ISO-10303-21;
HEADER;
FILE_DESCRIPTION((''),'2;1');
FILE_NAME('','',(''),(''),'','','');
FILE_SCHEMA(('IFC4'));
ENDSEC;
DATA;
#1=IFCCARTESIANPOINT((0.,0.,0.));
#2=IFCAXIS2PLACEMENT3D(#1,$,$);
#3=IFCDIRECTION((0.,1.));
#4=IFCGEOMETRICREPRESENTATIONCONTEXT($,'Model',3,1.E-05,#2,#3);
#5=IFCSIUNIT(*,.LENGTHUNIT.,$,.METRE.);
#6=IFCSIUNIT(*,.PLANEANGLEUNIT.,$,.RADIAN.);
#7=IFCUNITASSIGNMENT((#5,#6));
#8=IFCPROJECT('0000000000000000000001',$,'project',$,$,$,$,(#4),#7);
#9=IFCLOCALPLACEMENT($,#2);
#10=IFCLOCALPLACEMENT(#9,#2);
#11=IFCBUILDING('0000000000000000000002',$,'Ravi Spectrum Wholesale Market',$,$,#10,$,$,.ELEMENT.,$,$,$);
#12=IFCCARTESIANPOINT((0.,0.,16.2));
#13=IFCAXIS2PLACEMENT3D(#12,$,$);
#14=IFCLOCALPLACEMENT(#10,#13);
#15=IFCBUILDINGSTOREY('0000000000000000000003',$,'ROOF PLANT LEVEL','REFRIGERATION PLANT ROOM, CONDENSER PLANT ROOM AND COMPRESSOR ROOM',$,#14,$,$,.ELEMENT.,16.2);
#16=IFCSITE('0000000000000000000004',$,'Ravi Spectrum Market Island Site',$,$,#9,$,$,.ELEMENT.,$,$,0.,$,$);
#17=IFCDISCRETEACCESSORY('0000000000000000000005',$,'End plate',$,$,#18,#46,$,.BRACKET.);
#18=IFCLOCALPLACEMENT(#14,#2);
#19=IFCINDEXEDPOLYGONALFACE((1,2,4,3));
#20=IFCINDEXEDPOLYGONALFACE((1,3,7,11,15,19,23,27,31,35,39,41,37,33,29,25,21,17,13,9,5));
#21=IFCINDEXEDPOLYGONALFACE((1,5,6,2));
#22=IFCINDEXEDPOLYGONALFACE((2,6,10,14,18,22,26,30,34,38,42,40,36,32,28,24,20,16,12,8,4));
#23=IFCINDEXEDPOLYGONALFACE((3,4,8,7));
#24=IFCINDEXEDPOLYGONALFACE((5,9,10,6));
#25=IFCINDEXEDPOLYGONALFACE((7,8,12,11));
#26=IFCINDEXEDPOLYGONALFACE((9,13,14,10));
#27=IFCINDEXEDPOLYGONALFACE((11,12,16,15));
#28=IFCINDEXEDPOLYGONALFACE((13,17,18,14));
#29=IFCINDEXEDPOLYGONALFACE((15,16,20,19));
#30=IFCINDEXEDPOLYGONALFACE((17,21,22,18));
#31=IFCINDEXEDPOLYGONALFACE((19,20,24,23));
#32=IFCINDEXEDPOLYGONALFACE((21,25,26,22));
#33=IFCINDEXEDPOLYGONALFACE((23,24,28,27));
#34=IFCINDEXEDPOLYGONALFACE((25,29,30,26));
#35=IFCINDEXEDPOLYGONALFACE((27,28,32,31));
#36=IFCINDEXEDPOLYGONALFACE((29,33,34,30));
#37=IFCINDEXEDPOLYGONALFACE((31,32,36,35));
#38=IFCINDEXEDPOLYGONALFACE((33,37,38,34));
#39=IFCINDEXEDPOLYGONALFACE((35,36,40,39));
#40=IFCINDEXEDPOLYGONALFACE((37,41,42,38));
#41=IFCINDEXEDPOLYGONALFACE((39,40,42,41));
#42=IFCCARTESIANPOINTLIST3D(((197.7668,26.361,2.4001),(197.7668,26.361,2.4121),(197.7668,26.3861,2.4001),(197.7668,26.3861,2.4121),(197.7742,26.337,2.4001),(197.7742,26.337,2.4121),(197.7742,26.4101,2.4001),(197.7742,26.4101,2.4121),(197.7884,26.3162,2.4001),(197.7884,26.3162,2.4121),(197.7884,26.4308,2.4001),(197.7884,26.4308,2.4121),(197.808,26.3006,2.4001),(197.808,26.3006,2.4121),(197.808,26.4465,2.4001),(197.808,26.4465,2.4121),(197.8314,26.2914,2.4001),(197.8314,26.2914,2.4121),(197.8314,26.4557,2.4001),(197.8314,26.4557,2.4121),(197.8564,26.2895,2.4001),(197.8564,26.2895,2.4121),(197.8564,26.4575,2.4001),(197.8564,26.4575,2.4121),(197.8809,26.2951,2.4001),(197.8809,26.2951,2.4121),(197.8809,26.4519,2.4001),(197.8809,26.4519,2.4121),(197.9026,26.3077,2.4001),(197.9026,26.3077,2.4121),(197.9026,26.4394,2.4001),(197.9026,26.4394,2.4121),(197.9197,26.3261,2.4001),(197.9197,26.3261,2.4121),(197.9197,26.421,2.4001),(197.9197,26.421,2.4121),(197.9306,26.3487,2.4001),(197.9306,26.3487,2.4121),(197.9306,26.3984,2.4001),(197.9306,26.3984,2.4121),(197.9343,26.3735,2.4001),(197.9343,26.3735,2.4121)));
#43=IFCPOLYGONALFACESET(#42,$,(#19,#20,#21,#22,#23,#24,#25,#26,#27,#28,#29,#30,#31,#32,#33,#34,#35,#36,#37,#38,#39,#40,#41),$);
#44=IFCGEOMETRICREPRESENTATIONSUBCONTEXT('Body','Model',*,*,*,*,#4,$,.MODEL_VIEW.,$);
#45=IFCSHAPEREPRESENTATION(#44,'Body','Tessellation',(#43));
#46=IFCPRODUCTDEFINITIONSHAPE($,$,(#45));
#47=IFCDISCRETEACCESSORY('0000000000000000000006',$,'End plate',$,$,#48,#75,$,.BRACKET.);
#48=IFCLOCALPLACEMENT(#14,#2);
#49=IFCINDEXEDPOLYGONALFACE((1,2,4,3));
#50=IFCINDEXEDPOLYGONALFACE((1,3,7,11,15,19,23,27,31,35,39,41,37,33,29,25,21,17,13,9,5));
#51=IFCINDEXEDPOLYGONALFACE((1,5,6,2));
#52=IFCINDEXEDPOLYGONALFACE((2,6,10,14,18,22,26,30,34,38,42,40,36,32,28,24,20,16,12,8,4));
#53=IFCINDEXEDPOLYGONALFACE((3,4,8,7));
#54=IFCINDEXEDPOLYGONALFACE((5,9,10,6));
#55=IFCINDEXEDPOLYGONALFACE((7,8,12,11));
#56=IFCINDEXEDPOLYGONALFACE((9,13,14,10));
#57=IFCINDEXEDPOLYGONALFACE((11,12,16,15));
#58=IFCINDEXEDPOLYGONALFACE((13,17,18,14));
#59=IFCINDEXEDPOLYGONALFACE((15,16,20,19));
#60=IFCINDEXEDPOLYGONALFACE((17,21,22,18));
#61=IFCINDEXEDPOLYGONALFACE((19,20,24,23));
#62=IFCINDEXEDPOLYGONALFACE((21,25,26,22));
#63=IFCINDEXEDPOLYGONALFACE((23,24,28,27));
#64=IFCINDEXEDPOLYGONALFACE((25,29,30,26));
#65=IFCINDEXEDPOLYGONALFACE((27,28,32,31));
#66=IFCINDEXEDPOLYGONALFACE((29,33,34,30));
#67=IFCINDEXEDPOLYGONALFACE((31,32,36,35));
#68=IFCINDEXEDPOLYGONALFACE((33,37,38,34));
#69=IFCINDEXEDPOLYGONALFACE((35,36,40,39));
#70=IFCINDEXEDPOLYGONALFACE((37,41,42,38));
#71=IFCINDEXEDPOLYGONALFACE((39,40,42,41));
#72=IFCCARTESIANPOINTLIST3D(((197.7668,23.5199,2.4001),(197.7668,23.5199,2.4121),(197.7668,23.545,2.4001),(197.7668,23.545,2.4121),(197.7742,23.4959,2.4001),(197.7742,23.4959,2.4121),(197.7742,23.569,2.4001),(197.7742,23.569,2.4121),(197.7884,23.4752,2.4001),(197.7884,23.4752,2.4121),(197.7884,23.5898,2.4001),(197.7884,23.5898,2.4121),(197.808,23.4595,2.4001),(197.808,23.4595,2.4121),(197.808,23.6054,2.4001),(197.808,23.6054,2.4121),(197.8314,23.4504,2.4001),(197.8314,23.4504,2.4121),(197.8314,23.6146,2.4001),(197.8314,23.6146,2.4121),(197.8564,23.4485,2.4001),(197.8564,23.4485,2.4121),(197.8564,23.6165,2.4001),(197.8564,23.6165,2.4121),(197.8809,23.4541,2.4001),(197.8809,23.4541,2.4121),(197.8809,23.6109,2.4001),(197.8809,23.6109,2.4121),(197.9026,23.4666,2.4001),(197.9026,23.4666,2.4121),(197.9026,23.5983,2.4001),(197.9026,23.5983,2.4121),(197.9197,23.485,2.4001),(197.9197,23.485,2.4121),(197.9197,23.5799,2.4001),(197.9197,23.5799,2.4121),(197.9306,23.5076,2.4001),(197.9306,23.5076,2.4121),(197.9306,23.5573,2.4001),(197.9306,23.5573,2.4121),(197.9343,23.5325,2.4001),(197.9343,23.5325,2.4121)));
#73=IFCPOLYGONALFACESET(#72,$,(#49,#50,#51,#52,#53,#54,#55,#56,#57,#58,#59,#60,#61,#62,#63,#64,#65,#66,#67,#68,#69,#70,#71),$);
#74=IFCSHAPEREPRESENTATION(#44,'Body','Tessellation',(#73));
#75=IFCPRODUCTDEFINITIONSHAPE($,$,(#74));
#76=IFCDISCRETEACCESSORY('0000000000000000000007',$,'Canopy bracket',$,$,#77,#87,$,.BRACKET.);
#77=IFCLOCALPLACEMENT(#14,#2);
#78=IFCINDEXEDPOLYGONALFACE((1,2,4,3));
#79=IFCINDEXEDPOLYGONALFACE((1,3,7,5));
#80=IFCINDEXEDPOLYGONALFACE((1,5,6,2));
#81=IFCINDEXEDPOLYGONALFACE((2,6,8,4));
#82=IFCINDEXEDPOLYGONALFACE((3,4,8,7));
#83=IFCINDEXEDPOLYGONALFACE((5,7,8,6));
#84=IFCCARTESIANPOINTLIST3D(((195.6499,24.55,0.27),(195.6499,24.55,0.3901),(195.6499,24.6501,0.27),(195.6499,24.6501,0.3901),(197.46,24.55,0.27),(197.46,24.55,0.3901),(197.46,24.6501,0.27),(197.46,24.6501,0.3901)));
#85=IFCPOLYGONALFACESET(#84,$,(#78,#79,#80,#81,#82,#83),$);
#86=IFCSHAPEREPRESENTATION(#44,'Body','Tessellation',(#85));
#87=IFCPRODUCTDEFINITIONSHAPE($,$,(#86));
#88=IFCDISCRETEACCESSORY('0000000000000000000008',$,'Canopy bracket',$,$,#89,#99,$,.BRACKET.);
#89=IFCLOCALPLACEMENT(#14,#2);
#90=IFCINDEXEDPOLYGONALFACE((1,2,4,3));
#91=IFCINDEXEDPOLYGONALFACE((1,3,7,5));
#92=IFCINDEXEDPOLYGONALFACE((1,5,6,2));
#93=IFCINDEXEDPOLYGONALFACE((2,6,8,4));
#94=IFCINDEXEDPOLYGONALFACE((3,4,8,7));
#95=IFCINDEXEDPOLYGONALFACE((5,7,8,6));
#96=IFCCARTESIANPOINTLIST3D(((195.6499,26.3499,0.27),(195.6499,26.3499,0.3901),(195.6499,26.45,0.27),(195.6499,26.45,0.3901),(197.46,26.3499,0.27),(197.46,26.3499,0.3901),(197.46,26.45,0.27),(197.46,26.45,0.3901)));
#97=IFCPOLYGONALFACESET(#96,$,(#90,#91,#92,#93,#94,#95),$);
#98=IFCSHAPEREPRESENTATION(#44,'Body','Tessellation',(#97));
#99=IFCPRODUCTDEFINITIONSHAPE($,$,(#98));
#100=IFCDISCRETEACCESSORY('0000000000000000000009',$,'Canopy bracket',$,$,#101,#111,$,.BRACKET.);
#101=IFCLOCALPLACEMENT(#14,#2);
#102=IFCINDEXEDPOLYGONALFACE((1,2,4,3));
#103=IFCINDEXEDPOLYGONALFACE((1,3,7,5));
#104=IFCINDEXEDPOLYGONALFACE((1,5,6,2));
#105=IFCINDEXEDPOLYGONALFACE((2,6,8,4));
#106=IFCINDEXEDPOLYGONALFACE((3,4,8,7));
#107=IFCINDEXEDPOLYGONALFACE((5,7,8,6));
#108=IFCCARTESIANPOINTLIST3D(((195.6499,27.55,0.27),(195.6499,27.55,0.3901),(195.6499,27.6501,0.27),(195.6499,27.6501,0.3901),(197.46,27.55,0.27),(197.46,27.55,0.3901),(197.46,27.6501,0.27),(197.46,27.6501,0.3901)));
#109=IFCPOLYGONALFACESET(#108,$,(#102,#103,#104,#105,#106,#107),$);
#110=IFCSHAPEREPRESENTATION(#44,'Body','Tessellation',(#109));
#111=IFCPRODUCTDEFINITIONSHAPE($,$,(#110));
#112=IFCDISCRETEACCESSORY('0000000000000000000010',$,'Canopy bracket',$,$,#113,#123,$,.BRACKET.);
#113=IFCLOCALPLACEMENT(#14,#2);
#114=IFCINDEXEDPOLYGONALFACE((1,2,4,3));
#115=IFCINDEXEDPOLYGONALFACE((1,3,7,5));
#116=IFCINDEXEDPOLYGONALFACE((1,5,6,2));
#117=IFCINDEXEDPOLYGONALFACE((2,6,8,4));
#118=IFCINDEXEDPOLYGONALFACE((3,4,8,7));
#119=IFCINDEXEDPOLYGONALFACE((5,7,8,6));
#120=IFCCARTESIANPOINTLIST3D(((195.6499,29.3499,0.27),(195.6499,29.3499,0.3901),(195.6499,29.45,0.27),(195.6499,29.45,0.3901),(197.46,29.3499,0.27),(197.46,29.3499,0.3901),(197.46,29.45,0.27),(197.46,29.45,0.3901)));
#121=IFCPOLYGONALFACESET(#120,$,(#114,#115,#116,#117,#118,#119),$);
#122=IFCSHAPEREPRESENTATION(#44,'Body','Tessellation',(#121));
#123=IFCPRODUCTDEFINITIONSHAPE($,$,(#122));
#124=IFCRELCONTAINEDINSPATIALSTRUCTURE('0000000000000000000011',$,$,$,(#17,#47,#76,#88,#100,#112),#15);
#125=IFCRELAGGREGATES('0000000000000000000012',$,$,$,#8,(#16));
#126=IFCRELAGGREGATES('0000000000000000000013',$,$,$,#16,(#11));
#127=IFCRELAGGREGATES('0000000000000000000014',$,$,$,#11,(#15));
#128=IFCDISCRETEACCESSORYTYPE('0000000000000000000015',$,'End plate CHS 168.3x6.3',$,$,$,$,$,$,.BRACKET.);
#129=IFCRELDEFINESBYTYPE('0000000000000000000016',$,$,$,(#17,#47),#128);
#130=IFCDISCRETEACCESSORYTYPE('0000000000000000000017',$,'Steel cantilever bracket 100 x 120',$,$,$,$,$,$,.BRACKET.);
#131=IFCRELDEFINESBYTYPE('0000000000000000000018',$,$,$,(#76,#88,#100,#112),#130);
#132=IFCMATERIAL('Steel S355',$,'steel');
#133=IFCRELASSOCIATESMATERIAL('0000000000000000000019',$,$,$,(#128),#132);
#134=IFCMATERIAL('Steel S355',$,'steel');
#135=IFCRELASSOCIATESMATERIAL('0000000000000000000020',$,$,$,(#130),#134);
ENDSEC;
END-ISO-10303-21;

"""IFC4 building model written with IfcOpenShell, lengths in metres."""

from ifc_helpers import new_model, si_unit, direction, frame, origin, origin_2d, place, context, subcontext, project, spatial, rectangle, circle, extrude, material, material_profile, profile_set, type_object, element, save


model = new_model("IFC4")

# Units and contexts
model_context = context("Model", 3, precision=1e-05, world=origin(), true_north=direction((0.0, 1.0)))
body_context = subcontext(model_context, "Body", "Model", "MODEL_VIEW")
ifc_project = project(units=[si_unit("LENGTHUNIT", "METRE"), si_unit("PLANEANGLEUNIT", "RADIAN")], contexts=[model_context])

# Site, building, storey
site_placement = place(None, origin())
site = spatial("IfcSite", under=ifc_project, at=site_placement, Name="Ravi Spectrum Market Island Site", CompositionType="ELEMENT", RefElevation=0.0)
building_placement = place(site_placement, origin())
building = spatial("IfcBuilding", under=site, at=building_placement, Name="Ravi Spectrum Wholesale Market", CompositionType="ELEMENT")
storey_placement = place(building_placement, frame((0.0, 0.0, 16.2)))
storey = spatial("IfcBuildingStorey", under=building, at=storey_placement, Name="ROOF PLANT LEVEL", Description="REFRIGERATION PLANT ROOM, CONDENSER PLANT ROOM AND COMPRESSOR ROOM", CompositionType="ELEMENT", Elevation=16.2)

# Discrete accessories
ifc_material_1 = material(Name="Steel S355", Category="steel")
ifc_material_profile_1 = material_profile(ifc_material_1, circle(Radius=0.0842, at=origin_2d()))
ifc_profile_set_1 = profile_set([ifc_material_profile_1], Name="Steel S355")
discrete_accessory_type_1 = type_object("IfcDiscreteAccessoryType", Name="End plate CHS 168.3x6.3", PredefinedType="BRACKET", material=ifc_profile_set_1)
for number, where, z_axis, x_axis, name in (
    (1, (197.8501, 26.3735, 2.4001), (0.0, 0.0, 1.0), (1.0, 0.0, 0.0), "End plate"),
    (2, (197.8501, 23.5325, 2.4001), (0.0, 0.0, 1.0), (1.0, 0.0, 0.0), "End plate"),
):
    element("IfcDiscreteAccessory", number, at=place(storey_placement, frame(where, z_axis=z_axis, x_axis=x_axis)), inside=storey, type_object=discrete_accessory_type_1, Name=name, PredefinedType="BRACKET", context=body_context, shape_type="SweptSolid", body=[
        extrude(circle(Radius=0.0842, at=origin_2d()), origin(), (0.0, 0.0, 1.0), 0.012),
    ])
ifc_material_2 = material(Name="Steel S355", Category="steel")
discrete_accessory_type_2 = type_object("IfcDiscreteAccessoryType", Name="Steel cantilever bracket 100 x 120", PredefinedType="BRACKET", material=ifc_material_2)
for number, where, z_axis, x_axis, name in (
    (3, (196.5549, 24.6001, 0.27), (0.0, 0.0, 1.0), (1.0, 0.0, 0.0), "Canopy bracket"),
    (4, (196.5549, 26.3999, 0.27), (0.0, 0.0, 1.0), (1.0, 0.0, 0.0), "Canopy bracket"),
    (5, (196.5549, 27.6001, 0.27), (0.0, 0.0, 1.0), (1.0, 0.0, 0.0), "Canopy bracket"),
    (6, (196.5549, 29.3999, 0.27), (0.0, 0.0, 1.0), (1.0, 0.0, 0.0), "Canopy bracket"),
):
    element("IfcDiscreteAccessory", number, at=place(storey_placement, frame(where, z_axis=z_axis, x_axis=x_axis)), inside=storey, type_object=discrete_accessory_type_2, Name=name, PredefinedType="BRACKET", context=body_context, shape_type="SweptSolid", body=[
        extrude(rectangle(XDim=1.8101, YDim=0.1001, at=origin_2d()), origin(), (0.0, 0.0, 1.0), 0.1201),
    ])

save(model, "model.ifc")
